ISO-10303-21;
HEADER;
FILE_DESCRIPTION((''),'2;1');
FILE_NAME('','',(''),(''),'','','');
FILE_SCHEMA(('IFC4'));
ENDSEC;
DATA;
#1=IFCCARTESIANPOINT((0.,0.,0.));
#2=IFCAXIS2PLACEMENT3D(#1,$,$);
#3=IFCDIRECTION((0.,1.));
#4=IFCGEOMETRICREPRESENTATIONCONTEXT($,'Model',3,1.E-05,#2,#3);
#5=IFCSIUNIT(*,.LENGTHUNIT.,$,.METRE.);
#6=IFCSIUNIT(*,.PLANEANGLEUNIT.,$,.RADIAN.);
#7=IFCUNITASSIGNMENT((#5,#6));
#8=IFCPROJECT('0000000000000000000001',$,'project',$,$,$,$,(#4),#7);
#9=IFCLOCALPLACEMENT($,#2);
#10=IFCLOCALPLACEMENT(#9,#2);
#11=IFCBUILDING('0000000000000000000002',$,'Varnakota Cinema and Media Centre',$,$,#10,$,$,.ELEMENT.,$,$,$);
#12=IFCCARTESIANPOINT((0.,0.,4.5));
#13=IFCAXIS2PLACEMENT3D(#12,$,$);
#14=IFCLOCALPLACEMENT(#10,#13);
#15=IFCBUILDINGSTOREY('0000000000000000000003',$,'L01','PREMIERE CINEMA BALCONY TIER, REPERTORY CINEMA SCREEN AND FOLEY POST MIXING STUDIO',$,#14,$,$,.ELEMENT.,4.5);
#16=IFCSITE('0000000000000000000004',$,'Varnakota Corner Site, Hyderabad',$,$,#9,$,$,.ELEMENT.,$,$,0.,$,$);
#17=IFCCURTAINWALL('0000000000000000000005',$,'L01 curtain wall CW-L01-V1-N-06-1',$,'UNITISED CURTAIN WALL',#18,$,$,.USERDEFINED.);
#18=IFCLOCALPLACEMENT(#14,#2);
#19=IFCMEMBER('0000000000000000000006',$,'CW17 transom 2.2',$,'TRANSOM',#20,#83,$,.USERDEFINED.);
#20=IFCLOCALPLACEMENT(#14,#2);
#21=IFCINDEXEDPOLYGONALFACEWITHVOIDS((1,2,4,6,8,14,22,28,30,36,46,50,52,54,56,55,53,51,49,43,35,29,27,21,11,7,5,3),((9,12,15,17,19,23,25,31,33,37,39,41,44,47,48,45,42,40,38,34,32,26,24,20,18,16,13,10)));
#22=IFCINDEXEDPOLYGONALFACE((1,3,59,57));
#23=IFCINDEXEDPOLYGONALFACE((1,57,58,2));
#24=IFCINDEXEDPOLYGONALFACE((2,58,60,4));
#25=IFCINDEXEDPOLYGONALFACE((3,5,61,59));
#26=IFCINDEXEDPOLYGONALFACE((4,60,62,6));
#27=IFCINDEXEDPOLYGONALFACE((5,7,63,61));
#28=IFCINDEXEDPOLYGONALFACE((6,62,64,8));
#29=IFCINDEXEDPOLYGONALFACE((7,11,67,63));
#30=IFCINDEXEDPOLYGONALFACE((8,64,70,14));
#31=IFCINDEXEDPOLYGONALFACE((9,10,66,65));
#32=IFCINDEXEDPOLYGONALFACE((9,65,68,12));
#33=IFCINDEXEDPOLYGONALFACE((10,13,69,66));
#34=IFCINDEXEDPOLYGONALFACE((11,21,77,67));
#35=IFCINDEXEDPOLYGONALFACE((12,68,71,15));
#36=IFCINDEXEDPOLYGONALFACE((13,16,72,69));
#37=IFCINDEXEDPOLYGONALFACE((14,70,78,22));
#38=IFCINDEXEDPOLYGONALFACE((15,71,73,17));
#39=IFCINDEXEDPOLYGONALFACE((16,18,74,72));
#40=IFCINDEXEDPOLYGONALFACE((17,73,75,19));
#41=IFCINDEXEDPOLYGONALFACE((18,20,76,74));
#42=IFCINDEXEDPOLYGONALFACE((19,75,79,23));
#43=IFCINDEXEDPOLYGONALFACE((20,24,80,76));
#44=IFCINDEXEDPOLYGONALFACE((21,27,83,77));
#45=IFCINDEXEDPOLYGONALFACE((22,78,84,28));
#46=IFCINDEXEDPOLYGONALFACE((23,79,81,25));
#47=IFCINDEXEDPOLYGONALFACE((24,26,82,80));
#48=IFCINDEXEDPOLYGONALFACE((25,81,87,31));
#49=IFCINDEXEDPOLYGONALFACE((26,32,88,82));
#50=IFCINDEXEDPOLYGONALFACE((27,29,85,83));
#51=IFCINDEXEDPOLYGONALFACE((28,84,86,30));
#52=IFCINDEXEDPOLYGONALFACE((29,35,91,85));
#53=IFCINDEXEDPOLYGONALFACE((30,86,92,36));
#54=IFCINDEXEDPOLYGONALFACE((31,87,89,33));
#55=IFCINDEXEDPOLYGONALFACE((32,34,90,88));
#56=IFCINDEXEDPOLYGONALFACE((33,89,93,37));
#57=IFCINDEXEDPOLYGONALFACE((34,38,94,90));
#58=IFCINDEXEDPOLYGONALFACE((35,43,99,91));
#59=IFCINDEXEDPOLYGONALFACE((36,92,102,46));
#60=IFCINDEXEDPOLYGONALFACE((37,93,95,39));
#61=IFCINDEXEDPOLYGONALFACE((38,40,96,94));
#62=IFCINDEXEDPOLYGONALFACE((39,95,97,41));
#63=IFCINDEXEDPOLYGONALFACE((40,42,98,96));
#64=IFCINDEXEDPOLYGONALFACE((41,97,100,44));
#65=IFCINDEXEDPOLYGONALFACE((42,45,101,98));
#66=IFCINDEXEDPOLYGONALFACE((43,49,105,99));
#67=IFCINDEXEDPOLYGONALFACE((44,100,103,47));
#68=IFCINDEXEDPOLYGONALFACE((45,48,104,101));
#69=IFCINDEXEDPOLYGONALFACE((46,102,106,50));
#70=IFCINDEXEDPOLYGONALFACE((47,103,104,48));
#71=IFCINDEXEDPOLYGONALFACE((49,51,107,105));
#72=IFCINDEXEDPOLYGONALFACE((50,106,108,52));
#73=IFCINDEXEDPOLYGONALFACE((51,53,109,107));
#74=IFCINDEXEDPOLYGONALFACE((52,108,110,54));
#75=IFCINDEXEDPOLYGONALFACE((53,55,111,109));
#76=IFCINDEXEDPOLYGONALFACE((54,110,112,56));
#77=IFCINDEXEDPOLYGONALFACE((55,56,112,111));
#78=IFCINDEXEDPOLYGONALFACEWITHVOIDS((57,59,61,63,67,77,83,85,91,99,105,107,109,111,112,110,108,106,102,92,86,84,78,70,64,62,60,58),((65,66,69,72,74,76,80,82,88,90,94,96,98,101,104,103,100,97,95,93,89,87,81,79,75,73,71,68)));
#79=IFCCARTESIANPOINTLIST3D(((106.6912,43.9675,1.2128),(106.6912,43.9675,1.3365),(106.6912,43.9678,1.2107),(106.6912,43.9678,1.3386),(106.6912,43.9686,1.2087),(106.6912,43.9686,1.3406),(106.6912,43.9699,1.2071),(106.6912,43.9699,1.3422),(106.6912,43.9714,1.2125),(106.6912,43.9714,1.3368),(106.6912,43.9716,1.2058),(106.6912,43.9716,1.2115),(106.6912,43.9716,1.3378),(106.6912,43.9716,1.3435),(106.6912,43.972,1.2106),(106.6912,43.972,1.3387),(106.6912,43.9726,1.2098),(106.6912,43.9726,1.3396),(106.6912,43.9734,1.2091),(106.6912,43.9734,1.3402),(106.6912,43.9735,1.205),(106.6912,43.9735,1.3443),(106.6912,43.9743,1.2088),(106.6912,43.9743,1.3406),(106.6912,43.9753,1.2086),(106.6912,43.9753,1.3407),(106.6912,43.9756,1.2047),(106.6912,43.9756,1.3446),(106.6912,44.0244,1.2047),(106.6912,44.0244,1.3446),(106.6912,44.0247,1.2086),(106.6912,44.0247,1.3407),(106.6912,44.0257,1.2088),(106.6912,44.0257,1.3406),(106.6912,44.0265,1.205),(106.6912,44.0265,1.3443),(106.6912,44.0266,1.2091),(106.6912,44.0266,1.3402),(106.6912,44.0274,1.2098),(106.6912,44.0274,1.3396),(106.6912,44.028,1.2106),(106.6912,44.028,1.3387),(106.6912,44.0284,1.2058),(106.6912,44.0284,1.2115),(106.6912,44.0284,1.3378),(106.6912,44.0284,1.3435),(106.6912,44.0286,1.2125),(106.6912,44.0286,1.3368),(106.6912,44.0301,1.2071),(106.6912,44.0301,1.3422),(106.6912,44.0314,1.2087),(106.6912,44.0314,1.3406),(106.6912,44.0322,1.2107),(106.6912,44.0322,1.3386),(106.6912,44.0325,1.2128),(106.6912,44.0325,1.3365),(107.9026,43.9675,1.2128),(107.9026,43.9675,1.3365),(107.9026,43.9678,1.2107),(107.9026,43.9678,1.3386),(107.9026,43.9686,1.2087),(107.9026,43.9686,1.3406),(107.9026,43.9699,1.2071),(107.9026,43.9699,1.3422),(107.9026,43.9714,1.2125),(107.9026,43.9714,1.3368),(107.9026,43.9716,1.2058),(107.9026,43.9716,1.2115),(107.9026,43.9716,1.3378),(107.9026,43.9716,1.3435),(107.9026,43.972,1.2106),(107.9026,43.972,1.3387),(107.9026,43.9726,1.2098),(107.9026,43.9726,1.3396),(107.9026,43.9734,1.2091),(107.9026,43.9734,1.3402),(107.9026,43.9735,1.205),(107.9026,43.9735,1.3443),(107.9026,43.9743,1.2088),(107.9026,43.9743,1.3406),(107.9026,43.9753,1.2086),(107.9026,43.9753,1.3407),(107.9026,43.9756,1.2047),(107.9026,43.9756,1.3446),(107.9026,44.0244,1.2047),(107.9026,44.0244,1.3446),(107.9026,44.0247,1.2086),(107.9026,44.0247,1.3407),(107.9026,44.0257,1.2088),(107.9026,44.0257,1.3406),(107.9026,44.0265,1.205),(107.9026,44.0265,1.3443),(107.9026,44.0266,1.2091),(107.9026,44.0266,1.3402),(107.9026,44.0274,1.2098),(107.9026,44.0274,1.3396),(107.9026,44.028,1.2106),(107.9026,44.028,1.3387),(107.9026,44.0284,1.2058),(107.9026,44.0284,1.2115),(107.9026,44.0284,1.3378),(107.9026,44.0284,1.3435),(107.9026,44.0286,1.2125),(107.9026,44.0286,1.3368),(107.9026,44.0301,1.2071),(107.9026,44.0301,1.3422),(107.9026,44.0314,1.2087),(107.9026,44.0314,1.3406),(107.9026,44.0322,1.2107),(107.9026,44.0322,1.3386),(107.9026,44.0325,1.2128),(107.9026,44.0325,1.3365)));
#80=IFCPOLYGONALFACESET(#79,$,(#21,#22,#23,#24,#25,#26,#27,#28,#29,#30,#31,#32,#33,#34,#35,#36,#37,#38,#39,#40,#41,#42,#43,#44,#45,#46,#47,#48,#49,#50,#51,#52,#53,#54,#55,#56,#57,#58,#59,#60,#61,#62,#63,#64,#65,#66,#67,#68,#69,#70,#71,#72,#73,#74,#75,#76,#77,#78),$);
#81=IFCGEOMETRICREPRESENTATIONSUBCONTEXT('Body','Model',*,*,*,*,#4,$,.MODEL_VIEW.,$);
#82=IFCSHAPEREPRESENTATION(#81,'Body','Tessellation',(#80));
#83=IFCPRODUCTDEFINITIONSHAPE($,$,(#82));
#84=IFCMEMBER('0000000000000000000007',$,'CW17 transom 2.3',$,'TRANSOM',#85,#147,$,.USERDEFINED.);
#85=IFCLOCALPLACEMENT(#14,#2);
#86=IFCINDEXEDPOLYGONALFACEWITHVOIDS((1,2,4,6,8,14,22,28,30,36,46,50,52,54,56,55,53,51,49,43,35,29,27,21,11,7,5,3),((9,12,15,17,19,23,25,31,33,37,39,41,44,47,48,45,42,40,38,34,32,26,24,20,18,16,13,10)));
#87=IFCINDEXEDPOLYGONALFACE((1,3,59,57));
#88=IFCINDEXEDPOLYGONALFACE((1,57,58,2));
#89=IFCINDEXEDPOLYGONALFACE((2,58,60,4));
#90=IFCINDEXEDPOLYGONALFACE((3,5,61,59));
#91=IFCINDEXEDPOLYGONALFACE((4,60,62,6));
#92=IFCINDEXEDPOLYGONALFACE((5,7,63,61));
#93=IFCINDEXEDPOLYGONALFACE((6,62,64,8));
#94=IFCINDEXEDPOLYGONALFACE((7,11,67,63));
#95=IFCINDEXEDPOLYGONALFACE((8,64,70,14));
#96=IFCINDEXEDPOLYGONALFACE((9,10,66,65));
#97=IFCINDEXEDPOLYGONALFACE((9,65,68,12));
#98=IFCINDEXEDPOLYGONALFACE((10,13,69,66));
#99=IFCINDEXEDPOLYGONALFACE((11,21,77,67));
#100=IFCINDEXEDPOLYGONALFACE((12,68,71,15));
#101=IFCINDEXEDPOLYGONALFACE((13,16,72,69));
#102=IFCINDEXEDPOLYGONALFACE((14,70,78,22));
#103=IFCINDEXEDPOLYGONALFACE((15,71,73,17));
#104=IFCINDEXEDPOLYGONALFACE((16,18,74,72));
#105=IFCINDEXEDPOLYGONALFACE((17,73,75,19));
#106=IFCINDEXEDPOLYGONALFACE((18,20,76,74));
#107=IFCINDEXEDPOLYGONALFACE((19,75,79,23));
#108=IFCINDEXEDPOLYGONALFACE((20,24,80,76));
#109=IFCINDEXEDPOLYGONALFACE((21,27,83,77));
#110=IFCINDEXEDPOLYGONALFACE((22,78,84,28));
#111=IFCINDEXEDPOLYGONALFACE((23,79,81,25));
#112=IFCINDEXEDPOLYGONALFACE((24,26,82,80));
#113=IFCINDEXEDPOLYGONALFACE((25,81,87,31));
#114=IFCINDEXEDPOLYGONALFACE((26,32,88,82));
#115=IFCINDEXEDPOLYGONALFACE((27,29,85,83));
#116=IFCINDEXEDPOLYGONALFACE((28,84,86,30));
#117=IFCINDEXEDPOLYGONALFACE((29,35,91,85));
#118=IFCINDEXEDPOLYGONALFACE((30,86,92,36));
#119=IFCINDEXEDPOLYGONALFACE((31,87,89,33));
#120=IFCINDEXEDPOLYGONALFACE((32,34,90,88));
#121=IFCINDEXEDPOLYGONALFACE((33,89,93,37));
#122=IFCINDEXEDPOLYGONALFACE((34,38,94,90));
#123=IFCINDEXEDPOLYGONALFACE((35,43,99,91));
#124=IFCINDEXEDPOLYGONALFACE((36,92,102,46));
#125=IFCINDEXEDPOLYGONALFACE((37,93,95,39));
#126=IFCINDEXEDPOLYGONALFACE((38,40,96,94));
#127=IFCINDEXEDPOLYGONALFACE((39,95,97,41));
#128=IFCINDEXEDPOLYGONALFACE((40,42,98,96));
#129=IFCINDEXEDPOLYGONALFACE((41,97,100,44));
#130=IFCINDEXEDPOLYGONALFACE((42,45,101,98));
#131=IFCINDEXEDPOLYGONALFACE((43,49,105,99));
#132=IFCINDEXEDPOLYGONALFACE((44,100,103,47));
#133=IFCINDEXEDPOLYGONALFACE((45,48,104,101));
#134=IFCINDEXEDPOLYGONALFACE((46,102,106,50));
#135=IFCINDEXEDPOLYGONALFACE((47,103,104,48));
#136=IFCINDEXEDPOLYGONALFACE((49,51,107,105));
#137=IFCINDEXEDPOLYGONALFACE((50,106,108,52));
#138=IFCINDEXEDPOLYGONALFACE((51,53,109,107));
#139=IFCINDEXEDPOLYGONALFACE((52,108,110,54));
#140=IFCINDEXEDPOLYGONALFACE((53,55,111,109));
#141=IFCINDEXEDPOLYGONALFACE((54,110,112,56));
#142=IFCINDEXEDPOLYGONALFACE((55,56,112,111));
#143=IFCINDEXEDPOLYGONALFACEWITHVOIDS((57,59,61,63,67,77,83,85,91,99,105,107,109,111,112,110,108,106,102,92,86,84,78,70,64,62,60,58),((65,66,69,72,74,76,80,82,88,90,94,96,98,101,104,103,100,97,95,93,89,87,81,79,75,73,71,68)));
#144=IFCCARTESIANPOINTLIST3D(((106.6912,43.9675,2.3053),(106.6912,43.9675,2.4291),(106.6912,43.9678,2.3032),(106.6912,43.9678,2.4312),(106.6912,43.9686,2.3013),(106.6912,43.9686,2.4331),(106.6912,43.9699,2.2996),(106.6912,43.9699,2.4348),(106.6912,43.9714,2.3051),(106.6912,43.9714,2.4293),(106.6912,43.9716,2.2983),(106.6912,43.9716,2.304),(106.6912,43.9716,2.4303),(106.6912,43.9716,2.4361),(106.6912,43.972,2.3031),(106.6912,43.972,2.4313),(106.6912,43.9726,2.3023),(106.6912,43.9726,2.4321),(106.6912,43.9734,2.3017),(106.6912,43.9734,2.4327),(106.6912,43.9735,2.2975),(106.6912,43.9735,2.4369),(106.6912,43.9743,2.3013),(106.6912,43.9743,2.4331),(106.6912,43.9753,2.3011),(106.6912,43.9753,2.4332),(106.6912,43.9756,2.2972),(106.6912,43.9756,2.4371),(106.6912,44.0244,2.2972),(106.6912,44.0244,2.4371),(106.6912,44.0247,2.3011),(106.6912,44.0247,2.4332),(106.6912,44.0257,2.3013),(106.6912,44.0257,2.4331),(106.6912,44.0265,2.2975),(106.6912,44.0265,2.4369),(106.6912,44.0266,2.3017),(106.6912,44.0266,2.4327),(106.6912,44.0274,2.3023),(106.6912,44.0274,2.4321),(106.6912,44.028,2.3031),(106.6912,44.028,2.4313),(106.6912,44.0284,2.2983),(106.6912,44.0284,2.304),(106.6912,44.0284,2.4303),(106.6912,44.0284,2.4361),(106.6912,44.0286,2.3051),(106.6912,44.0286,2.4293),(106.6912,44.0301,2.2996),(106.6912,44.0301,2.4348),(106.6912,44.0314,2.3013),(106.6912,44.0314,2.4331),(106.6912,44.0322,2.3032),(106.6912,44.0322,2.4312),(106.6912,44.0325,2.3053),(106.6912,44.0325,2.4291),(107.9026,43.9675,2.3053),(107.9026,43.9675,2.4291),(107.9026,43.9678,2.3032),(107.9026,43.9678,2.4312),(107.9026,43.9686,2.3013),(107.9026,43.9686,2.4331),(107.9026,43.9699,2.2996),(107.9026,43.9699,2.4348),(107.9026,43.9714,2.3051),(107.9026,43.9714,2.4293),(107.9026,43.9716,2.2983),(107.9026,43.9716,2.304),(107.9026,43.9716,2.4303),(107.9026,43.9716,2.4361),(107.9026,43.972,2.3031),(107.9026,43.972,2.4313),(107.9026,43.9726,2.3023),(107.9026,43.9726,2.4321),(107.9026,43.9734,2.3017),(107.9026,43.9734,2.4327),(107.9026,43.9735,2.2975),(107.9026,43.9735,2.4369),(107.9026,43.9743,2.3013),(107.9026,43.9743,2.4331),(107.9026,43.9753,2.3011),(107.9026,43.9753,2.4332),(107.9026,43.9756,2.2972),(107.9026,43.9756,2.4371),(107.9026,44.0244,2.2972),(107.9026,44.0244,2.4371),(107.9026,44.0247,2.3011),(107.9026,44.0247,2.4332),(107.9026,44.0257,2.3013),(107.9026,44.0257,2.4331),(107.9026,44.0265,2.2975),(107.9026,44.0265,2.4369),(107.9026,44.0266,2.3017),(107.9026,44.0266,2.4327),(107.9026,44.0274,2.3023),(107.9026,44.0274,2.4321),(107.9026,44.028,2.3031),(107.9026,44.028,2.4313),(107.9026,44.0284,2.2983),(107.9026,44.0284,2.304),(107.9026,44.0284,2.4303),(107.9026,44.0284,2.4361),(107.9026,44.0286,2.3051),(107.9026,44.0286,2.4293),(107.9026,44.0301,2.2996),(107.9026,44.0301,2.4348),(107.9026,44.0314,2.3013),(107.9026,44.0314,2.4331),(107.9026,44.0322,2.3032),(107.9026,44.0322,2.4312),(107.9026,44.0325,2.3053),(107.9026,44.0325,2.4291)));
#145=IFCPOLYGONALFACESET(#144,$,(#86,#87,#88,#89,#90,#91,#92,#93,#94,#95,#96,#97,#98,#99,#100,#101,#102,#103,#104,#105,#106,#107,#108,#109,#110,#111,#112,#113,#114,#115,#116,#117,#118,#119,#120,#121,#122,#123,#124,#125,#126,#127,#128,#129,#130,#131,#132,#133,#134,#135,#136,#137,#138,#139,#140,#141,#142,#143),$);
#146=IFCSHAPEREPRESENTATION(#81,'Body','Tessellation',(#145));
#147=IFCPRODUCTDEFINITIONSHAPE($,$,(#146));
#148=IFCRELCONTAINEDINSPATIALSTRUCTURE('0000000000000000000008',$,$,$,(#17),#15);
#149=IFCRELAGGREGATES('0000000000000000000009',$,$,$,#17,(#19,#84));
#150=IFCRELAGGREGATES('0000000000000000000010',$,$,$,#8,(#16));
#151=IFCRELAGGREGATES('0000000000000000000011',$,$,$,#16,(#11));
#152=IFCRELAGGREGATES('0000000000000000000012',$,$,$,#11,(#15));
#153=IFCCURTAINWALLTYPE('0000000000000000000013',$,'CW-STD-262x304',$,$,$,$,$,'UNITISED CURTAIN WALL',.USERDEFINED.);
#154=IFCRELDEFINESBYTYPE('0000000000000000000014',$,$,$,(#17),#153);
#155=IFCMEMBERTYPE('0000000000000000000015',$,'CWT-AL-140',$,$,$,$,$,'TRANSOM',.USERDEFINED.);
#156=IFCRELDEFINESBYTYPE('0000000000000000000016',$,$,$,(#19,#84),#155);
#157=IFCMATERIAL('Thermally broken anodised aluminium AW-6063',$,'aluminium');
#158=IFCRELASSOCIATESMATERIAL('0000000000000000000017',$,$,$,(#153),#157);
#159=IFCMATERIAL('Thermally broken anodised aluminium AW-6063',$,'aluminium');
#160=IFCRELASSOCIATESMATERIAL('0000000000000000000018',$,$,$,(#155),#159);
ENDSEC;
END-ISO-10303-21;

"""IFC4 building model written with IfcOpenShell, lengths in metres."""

from ifc_helpers import new_model, si_unit, direction, frame, origin, origin_2d, place, context, subcontext, project, spatial, hollow_rectangle, extrude, material, material_profile, profile_set, type_object, element, aggregate, save


model = new_model("IFC4")

# Units and contexts
model_context = context("Model", 3, precision=1e-05, world=origin(), true_north=direction((0.0, 1.0)))
body_context = subcontext(model_context, "Body", "Model", "MODEL_VIEW")
ifc_project = project(units=[si_unit("LENGTHUNIT", "METRE"), si_unit("PLANEANGLEUNIT", "RADIAN")], contexts=[model_context])

# Site, building, storey
site_placement = place(None, origin())
site = spatial("IfcSite", under=ifc_project, at=site_placement, Name="Varnakota Corner Site, Hyderabad", CompositionType="ELEMENT", RefElevation=0.0)
building_placement = place(site_placement, origin())
building = spatial("IfcBuilding", under=site, at=building_placement, Name="Varnakota Cinema and Media Centre", CompositionType="ELEMENT")
storey_placement = place(building_placement, frame((0.0, 0.0, 4.5)))
storey = spatial("IfcBuildingStorey", under=building, at=storey_placement, Name="L01", Description="PREMIERE CINEMA BALCONY TIER, REPERTORY CINEMA SCREEN AND FOLEY POST MIXING STUDIO", CompositionType="ELEMENT", Elevation=4.5)

# Shared definitions
ifc_material_1 = material(Name="Thermally broken anodised aluminium AW-6063", Category="aluminium")
curtain_wall_type = type_object("IfcCurtainWallType", Name="CW-STD-262x304", ElementType="UNITISED CURTAIN WALL", PredefinedType="USERDEFINED", material=ifc_material_1)

# Curtain wall
curtain_wall_1_placement = place(storey_placement, origin())
curtain_wall_1 = element("IfcCurtainWall", 1, at=curtain_wall_1_placement, inside=storey, type_object=curtain_wall_type, Name="L01 curtain wall CW-L01-V1-N-06-1", ObjectType="UNITISED CURTAIN WALL", PredefinedType="USERDEFINED")

# Members
ifc_material_2 = material(Name="Thermally broken anodised aluminium AW-6063", Category="aluminium")
ifc_material_profile_1 = material_profile(ifc_material_2, hollow_rectangle(XDim=0.0649, YDim=0.1399, WallThickness=0.0039, InnerFilletRadius=0.0039, OuterFilletRadius=0.0081, at=origin_2d()), Name="AL-TRANSOM 140x65x4")
ifc_profile_set_1 = profile_set([ifc_material_profile_1], Name="Thermally broken anodised aluminium AW-6063")
member_type_1 = type_object("IfcMemberType", Name="CWT-AL-140", ElementType="TRANSOM", PredefinedType="USERDEFINED", material=ifc_profile_set_1)
member_1_placement = place(storey_placement, frame((106.6912, 44.0, 1.2747), z_axis=(1.0, 0.0, 0.0), x_axis=(0.0, 1.0, 0.0)))
member_1 = element("IfcMember", 2, at=member_1_placement, type_object=member_type_1, Name="CW17 transom 2.2", ObjectType="TRANSOM", PredefinedType="USERDEFINED", context=body_context, shape_type="SweptSolid", body=[
    extrude(hollow_rectangle(XDim=0.0649, YDim=0.1399, WallThickness=0.0039, InnerFilletRadius=0.0039, OuterFilletRadius=0.0081, at=origin_2d()), origin(), (0.0, 0.0, 1.0), 1.2114),
])
member_2_placement = place(storey_placement, frame((106.6912, 44.0, 2.3672), z_axis=(1.0, 0.0, 0.0), x_axis=(0.0, 1.0, 0.0)))
member_2 = element("IfcMember", 3, at=member_2_placement, type_object=member_type_1, Name="CW17 transom 2.3", ObjectType="TRANSOM", PredefinedType="USERDEFINED", context=body_context, shape_type="SweptSolid", body=[
    extrude(hollow_rectangle(XDim=0.0649, YDim=0.1399, WallThickness=0.0039, InnerFilletRadius=0.0039, OuterFilletRadius=0.0081, at=origin_2d()), origin(), (0.0, 0.0, 1.0), 1.2114),
])

aggregate(curtain_wall_1, [member_1, member_2])

save(model, "model.ifc")
